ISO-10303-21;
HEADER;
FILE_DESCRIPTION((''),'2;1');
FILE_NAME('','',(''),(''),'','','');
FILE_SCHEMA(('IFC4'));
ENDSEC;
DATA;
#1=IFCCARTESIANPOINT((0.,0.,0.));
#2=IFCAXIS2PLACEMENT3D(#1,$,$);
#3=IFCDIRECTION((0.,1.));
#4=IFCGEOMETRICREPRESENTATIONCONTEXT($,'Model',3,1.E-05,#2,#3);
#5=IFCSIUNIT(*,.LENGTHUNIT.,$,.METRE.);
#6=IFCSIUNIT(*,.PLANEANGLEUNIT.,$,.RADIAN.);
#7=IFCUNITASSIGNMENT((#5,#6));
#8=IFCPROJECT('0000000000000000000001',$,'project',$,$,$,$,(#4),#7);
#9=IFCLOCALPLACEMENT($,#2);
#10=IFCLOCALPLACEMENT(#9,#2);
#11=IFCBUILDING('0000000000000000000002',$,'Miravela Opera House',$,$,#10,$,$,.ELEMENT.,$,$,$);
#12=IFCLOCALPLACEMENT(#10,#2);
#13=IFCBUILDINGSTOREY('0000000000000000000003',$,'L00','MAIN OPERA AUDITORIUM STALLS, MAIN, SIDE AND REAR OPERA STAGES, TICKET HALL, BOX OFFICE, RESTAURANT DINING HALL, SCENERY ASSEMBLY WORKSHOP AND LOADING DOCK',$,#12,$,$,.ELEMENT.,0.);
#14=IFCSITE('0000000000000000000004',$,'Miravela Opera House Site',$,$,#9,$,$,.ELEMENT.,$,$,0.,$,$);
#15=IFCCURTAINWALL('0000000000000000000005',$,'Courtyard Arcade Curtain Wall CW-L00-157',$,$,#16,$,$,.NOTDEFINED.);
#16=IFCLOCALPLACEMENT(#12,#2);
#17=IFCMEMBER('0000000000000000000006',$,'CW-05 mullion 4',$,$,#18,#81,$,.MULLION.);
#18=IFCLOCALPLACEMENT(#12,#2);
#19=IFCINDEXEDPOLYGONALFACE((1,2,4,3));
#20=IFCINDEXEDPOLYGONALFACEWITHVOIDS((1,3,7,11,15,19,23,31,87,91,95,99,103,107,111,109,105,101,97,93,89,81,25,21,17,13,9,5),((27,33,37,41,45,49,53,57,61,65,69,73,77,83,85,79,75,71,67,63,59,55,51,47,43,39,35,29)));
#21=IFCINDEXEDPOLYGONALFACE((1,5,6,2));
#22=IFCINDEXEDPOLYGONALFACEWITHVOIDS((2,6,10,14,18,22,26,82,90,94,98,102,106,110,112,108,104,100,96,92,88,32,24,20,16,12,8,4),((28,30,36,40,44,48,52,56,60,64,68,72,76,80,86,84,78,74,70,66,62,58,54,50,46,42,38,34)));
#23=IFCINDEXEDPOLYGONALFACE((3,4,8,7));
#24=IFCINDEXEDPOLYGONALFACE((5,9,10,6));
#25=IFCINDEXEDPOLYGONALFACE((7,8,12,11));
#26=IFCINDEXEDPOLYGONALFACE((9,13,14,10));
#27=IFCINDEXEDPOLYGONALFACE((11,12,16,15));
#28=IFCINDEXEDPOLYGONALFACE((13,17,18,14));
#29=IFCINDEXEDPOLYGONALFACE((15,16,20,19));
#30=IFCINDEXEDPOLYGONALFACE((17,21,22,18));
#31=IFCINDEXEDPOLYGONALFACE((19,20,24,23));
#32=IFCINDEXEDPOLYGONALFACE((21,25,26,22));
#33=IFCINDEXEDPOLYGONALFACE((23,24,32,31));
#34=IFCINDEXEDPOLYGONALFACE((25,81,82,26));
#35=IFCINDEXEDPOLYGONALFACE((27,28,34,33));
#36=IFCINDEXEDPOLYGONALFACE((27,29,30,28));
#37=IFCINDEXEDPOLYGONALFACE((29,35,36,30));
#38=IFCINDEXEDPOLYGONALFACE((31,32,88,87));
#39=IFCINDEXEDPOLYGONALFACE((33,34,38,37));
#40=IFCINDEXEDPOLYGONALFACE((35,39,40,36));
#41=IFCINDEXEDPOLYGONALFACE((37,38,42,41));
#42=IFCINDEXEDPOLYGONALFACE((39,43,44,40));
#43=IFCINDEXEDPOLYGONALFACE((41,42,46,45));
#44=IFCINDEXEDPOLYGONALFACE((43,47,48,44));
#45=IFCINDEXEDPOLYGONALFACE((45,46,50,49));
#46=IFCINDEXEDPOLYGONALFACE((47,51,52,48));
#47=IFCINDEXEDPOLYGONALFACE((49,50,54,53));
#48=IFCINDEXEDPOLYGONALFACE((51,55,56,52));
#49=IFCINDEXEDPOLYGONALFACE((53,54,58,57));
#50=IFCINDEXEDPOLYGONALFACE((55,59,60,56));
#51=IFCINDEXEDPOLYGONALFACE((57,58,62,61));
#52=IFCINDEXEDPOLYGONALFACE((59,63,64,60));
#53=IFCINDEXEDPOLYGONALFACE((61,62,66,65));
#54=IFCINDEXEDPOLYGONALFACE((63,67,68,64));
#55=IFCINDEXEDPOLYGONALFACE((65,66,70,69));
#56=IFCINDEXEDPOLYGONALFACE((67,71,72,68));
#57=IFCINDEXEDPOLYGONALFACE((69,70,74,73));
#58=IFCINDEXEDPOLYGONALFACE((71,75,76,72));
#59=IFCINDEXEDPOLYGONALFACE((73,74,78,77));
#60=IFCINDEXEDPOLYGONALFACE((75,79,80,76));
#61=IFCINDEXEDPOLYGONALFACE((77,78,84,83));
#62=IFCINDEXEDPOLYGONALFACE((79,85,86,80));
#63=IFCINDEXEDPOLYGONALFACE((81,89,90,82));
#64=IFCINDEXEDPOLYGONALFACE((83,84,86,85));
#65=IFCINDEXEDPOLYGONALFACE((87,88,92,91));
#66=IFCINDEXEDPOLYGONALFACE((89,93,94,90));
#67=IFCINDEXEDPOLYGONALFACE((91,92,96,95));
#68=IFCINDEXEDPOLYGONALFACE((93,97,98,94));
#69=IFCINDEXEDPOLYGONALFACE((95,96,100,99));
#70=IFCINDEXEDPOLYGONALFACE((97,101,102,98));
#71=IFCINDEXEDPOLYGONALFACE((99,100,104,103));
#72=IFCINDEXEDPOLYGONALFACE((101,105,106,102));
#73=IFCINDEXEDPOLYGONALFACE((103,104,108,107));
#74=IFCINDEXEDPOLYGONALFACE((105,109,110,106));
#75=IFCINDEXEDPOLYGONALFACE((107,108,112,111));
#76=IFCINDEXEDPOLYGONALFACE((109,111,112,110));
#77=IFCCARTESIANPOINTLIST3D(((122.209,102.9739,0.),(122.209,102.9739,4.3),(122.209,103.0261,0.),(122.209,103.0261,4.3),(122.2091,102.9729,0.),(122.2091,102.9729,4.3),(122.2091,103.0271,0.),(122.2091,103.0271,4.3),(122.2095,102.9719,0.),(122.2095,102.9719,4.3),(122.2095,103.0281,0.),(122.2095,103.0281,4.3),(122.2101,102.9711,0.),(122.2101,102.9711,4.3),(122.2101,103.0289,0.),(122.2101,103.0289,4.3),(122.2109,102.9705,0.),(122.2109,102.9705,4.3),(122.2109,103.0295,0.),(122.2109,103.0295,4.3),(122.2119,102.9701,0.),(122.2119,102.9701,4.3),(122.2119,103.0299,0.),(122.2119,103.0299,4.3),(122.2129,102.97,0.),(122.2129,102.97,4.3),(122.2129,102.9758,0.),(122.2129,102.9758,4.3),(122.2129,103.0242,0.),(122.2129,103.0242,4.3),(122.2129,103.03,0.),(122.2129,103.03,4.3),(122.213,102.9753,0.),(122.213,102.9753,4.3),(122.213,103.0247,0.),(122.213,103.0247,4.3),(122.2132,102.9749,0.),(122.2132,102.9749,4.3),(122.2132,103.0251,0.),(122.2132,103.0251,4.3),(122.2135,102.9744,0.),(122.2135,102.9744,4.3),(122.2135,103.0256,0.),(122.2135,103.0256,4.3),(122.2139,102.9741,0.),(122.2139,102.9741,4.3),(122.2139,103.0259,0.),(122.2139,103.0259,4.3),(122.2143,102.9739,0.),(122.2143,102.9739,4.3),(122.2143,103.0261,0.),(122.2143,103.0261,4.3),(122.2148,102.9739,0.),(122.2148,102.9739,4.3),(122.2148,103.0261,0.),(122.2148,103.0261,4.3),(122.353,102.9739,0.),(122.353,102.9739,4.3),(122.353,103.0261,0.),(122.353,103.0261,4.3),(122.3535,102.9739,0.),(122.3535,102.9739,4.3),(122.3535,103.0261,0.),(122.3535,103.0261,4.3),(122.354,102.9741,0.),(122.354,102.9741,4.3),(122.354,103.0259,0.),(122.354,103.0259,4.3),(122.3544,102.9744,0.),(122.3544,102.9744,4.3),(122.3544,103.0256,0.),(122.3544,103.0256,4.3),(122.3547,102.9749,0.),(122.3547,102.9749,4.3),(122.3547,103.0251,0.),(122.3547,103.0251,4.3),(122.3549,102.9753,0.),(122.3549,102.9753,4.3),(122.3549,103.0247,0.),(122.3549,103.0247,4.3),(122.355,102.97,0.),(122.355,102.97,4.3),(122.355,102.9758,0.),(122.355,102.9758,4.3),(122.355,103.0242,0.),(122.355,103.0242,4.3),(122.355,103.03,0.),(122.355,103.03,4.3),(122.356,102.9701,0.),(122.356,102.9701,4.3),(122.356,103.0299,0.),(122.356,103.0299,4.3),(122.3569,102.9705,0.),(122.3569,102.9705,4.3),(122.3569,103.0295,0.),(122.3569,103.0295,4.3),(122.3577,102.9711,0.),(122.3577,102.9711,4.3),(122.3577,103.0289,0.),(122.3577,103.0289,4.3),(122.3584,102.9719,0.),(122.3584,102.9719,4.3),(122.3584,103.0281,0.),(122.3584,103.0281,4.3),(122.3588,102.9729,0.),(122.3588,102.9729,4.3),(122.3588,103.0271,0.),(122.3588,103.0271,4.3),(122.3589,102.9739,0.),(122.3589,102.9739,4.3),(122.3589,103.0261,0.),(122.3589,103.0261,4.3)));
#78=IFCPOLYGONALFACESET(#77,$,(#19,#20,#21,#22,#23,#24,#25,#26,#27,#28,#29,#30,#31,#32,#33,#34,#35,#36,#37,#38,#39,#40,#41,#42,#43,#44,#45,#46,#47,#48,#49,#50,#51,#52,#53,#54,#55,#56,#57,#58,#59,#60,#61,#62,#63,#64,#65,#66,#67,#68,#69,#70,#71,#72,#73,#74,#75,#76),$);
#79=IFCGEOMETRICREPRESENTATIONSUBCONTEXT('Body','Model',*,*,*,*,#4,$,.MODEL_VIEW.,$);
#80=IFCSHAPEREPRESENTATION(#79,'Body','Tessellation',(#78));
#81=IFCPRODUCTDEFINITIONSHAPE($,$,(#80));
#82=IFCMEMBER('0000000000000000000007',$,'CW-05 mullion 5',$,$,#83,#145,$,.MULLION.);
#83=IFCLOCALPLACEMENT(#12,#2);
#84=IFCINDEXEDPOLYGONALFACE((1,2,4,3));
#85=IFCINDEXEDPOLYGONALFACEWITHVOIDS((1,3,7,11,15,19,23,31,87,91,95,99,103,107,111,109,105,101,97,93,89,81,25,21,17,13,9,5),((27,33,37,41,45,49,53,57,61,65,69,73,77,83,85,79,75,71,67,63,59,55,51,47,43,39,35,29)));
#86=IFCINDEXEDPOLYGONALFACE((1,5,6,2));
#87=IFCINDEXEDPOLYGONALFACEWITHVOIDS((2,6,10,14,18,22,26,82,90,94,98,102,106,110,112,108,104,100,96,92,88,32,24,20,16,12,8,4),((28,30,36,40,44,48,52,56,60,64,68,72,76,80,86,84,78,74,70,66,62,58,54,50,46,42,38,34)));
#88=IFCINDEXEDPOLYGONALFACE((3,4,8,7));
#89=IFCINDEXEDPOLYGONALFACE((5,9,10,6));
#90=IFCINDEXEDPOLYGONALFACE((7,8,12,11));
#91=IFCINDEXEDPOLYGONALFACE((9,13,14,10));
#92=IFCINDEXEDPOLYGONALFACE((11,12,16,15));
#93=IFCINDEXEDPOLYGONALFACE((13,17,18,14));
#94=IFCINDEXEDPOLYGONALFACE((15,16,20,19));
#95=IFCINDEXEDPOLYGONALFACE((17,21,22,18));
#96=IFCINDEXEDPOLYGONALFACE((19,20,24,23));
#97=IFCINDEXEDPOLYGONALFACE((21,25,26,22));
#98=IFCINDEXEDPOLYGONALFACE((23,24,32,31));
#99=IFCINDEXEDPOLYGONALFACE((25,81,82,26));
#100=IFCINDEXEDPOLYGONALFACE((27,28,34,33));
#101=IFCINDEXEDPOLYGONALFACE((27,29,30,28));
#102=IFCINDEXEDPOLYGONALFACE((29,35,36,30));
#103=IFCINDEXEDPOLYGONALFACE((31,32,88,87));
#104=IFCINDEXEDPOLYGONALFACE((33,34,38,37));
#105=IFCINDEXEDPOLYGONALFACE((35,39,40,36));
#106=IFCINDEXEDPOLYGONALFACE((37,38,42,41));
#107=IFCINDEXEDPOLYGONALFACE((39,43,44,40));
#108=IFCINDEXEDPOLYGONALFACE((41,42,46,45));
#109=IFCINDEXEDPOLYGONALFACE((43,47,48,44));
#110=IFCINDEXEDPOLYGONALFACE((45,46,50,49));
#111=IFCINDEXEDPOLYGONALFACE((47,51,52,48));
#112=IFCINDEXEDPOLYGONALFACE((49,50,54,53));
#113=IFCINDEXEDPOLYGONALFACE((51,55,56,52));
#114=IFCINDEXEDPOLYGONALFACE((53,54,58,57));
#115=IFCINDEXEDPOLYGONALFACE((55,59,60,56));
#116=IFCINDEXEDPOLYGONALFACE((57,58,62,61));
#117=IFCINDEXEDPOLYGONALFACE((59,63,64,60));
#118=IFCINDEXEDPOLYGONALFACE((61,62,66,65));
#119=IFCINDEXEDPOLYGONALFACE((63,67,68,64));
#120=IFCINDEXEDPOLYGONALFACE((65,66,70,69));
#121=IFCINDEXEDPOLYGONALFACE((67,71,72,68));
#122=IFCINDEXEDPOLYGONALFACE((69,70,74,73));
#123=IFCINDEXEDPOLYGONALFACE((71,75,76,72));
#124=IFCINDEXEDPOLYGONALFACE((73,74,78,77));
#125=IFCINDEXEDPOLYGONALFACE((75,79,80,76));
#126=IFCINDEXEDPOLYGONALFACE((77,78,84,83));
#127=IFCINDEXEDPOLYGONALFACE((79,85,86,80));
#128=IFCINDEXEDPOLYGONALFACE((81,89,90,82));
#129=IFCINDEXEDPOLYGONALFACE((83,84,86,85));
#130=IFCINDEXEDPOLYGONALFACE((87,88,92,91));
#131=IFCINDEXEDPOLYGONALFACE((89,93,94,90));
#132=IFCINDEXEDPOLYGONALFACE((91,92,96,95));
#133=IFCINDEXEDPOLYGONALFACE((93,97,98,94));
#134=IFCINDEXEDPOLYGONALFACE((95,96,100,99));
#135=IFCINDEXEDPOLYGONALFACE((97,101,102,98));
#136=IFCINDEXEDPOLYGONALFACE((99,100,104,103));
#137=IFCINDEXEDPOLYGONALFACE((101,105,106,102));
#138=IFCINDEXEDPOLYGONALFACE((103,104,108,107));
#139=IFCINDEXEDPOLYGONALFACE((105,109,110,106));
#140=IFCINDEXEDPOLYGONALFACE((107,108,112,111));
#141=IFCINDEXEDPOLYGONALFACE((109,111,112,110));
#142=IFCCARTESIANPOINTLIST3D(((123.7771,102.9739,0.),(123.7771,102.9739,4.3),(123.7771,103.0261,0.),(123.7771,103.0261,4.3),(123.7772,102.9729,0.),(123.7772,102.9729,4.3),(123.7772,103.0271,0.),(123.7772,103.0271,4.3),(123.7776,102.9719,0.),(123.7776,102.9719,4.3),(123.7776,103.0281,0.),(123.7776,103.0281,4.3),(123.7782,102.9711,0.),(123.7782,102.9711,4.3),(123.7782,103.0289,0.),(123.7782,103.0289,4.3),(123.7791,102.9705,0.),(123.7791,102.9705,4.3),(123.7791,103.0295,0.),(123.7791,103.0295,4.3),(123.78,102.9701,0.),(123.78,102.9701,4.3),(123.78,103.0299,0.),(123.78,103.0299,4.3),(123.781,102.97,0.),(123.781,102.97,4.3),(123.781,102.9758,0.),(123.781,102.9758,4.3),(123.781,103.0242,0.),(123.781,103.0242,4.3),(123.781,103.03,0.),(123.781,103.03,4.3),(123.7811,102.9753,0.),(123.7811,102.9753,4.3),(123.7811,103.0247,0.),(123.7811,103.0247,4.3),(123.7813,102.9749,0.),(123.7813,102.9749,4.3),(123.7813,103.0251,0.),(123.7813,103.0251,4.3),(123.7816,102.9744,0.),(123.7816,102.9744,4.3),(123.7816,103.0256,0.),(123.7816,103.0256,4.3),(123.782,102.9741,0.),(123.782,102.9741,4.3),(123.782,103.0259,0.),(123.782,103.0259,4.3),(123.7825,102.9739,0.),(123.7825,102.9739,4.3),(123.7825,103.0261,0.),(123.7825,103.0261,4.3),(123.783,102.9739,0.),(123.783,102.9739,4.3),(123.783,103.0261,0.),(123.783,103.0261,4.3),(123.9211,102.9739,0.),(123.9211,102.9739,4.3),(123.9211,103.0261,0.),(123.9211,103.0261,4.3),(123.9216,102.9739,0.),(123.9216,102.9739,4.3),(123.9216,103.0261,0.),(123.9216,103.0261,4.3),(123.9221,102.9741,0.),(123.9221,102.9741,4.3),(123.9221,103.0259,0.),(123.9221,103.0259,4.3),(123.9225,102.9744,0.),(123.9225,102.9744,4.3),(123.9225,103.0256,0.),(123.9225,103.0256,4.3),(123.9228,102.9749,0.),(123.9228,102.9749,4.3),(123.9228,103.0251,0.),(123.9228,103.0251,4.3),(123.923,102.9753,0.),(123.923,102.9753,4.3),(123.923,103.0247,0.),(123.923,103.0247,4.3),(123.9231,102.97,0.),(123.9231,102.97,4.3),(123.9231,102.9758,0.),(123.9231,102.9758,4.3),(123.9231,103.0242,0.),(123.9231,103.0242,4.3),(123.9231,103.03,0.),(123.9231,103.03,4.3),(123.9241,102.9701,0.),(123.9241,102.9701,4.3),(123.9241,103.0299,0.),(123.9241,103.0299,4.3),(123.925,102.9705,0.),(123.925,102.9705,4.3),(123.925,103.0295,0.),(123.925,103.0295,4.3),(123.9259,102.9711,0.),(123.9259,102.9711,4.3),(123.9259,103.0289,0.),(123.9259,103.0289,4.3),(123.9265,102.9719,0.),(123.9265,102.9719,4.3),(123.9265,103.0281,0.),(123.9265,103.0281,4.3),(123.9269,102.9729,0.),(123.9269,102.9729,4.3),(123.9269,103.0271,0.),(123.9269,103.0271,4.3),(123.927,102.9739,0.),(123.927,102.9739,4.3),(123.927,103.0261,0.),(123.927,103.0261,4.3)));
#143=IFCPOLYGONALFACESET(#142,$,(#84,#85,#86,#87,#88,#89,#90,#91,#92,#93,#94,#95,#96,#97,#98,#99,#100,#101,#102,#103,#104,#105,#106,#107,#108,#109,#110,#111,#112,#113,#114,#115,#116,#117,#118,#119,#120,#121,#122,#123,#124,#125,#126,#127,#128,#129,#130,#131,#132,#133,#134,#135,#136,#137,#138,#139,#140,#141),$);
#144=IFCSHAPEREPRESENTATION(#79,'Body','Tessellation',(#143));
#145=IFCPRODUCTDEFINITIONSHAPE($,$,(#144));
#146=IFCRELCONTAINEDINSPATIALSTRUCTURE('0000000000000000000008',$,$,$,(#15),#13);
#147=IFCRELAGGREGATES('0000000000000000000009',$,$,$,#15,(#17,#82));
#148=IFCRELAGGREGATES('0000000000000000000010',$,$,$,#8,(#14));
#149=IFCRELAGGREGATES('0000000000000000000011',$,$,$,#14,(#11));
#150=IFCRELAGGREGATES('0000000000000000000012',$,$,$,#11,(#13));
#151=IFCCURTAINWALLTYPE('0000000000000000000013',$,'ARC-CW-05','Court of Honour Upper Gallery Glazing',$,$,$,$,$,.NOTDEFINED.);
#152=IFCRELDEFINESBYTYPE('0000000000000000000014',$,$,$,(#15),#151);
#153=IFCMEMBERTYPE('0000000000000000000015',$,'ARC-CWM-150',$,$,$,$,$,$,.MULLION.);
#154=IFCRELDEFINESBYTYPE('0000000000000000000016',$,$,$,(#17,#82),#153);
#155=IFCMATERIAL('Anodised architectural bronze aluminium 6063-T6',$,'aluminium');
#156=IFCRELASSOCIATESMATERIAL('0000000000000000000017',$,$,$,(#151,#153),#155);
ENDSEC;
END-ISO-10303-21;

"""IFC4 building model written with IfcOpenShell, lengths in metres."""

from ifc_helpers import new_model, si_unit, direction, frame, origin, origin_2d, place, context, subcontext, project, spatial, hollow_rectangle, extrude, material, material_profile, profile_set, type_object, element, aggregate, save


model = new_model("IFC4")

# Units and contexts
model_context = context("Model", 3, precision=1e-05, world=origin(), true_north=direction((0.0, 1.0)))
body_context = subcontext(model_context, "Body", "Model", "MODEL_VIEW")
ifc_project = project(units=[si_unit("LENGTHUNIT", "METRE"), si_unit("PLANEANGLEUNIT", "RADIAN")], contexts=[model_context])

# Site, building, storey
site_placement = place(None, origin())
site = spatial("IfcSite", under=ifc_project, at=site_placement, Name="Miravela Opera House Site", CompositionType="ELEMENT", RefElevation=0.0)
building_placement = place(site_placement, origin())
building = spatial("IfcBuilding", under=site, at=building_placement, Name="Miravela Opera House", CompositionType="ELEMENT")
storey_placement = place(building_placement, origin())
storey = spatial("IfcBuildingStorey", under=building, at=storey_placement, Name="L00", Description="MAIN OPERA AUDITORIUM STALLS, MAIN, SIDE AND REAR OPERA STAGES, TICKET HALL, BOX OFFICE, RESTAURANT DINING HALL, SCENERY ASSEMBLY WORKSHOP AND LOADING DOCK", CompositionType="ELEMENT", Elevation=0.0)

# Curtain wall, members
ifc_material_1 = material(Name="Anodised architectural bronze aluminium 6063-T6", Category="aluminium")
curtain_wall_type = type_object("IfcCurtainWallType", Name="ARC-CW-05", Description="Court of Honour Upper Gallery Glazing", PredefinedType="NOTDEFINED", material=ifc_material_1)
curtain_wall_placement = place(storey_placement, origin())
curtain_wall = element("IfcCurtainWall", 1, at=curtain_wall_placement, inside=storey, type_object=curtain_wall_type, Name="Courtyard Arcade Curtain Wall CW-L00-157", PredefinedType="NOTDEFINED")
ifc_material_profile_1 = material_profile(ifc_material_1, hollow_rectangle(XDim=0.0601, YDim=0.1499, WallThickness=0.0039, InnerFilletRadius=0.002, OuterFilletRadius=0.0039, at=origin_2d()), Name="CWM-60X150")
ifc_profile_set_1 = profile_set([ifc_material_profile_1])
member_type_1 = type_object("IfcMemberType", Name="ARC-CWM-150", PredefinedType="MULLION", material=ifc_profile_set_1)
member_1_placement = place(storey_placement, frame((122.2839, 103.0, 0.0), z_axis=(0.0, 0.0, 1.0), x_axis=(0.0, 1.0, 0.0)))
member_1 = element("IfcMember", 2, at=member_1_placement, type_object=member_type_1, Name="CW-05 mullion 4", PredefinedType="MULLION", context=body_context, shape_type="SweptSolid", body=[
    extrude(hollow_rectangle(XDim=0.0601, YDim=0.1499, WallThickness=0.0039, InnerFilletRadius=0.002, OuterFilletRadius=0.0039, at=origin_2d()), origin(), (0.0, 0.0, 1.0), 4.3),
])
member_2_placement = place(storey_placement, frame((123.8521, 103.0, 0.0), z_axis=(0.0, 0.0, 1.0), x_axis=(0.0, 1.0, 0.0)))
member_2 = element("IfcMember", 3, at=member_2_placement, type_object=member_type_1, Name="CW-05 mullion 5", PredefinedType="MULLION", context=body_context, shape_type="SweptSolid", body=[
    extrude(hollow_rectangle(XDim=0.0601, YDim=0.1499, WallThickness=0.0039, InnerFilletRadius=0.002, OuterFilletRadius=0.0039, at=origin_2d()), origin(), (0.0, 0.0, 1.0), 4.3),
])
aggregate(curtain_wall, [member_1, member_2])

save(model, "model.ifc")
